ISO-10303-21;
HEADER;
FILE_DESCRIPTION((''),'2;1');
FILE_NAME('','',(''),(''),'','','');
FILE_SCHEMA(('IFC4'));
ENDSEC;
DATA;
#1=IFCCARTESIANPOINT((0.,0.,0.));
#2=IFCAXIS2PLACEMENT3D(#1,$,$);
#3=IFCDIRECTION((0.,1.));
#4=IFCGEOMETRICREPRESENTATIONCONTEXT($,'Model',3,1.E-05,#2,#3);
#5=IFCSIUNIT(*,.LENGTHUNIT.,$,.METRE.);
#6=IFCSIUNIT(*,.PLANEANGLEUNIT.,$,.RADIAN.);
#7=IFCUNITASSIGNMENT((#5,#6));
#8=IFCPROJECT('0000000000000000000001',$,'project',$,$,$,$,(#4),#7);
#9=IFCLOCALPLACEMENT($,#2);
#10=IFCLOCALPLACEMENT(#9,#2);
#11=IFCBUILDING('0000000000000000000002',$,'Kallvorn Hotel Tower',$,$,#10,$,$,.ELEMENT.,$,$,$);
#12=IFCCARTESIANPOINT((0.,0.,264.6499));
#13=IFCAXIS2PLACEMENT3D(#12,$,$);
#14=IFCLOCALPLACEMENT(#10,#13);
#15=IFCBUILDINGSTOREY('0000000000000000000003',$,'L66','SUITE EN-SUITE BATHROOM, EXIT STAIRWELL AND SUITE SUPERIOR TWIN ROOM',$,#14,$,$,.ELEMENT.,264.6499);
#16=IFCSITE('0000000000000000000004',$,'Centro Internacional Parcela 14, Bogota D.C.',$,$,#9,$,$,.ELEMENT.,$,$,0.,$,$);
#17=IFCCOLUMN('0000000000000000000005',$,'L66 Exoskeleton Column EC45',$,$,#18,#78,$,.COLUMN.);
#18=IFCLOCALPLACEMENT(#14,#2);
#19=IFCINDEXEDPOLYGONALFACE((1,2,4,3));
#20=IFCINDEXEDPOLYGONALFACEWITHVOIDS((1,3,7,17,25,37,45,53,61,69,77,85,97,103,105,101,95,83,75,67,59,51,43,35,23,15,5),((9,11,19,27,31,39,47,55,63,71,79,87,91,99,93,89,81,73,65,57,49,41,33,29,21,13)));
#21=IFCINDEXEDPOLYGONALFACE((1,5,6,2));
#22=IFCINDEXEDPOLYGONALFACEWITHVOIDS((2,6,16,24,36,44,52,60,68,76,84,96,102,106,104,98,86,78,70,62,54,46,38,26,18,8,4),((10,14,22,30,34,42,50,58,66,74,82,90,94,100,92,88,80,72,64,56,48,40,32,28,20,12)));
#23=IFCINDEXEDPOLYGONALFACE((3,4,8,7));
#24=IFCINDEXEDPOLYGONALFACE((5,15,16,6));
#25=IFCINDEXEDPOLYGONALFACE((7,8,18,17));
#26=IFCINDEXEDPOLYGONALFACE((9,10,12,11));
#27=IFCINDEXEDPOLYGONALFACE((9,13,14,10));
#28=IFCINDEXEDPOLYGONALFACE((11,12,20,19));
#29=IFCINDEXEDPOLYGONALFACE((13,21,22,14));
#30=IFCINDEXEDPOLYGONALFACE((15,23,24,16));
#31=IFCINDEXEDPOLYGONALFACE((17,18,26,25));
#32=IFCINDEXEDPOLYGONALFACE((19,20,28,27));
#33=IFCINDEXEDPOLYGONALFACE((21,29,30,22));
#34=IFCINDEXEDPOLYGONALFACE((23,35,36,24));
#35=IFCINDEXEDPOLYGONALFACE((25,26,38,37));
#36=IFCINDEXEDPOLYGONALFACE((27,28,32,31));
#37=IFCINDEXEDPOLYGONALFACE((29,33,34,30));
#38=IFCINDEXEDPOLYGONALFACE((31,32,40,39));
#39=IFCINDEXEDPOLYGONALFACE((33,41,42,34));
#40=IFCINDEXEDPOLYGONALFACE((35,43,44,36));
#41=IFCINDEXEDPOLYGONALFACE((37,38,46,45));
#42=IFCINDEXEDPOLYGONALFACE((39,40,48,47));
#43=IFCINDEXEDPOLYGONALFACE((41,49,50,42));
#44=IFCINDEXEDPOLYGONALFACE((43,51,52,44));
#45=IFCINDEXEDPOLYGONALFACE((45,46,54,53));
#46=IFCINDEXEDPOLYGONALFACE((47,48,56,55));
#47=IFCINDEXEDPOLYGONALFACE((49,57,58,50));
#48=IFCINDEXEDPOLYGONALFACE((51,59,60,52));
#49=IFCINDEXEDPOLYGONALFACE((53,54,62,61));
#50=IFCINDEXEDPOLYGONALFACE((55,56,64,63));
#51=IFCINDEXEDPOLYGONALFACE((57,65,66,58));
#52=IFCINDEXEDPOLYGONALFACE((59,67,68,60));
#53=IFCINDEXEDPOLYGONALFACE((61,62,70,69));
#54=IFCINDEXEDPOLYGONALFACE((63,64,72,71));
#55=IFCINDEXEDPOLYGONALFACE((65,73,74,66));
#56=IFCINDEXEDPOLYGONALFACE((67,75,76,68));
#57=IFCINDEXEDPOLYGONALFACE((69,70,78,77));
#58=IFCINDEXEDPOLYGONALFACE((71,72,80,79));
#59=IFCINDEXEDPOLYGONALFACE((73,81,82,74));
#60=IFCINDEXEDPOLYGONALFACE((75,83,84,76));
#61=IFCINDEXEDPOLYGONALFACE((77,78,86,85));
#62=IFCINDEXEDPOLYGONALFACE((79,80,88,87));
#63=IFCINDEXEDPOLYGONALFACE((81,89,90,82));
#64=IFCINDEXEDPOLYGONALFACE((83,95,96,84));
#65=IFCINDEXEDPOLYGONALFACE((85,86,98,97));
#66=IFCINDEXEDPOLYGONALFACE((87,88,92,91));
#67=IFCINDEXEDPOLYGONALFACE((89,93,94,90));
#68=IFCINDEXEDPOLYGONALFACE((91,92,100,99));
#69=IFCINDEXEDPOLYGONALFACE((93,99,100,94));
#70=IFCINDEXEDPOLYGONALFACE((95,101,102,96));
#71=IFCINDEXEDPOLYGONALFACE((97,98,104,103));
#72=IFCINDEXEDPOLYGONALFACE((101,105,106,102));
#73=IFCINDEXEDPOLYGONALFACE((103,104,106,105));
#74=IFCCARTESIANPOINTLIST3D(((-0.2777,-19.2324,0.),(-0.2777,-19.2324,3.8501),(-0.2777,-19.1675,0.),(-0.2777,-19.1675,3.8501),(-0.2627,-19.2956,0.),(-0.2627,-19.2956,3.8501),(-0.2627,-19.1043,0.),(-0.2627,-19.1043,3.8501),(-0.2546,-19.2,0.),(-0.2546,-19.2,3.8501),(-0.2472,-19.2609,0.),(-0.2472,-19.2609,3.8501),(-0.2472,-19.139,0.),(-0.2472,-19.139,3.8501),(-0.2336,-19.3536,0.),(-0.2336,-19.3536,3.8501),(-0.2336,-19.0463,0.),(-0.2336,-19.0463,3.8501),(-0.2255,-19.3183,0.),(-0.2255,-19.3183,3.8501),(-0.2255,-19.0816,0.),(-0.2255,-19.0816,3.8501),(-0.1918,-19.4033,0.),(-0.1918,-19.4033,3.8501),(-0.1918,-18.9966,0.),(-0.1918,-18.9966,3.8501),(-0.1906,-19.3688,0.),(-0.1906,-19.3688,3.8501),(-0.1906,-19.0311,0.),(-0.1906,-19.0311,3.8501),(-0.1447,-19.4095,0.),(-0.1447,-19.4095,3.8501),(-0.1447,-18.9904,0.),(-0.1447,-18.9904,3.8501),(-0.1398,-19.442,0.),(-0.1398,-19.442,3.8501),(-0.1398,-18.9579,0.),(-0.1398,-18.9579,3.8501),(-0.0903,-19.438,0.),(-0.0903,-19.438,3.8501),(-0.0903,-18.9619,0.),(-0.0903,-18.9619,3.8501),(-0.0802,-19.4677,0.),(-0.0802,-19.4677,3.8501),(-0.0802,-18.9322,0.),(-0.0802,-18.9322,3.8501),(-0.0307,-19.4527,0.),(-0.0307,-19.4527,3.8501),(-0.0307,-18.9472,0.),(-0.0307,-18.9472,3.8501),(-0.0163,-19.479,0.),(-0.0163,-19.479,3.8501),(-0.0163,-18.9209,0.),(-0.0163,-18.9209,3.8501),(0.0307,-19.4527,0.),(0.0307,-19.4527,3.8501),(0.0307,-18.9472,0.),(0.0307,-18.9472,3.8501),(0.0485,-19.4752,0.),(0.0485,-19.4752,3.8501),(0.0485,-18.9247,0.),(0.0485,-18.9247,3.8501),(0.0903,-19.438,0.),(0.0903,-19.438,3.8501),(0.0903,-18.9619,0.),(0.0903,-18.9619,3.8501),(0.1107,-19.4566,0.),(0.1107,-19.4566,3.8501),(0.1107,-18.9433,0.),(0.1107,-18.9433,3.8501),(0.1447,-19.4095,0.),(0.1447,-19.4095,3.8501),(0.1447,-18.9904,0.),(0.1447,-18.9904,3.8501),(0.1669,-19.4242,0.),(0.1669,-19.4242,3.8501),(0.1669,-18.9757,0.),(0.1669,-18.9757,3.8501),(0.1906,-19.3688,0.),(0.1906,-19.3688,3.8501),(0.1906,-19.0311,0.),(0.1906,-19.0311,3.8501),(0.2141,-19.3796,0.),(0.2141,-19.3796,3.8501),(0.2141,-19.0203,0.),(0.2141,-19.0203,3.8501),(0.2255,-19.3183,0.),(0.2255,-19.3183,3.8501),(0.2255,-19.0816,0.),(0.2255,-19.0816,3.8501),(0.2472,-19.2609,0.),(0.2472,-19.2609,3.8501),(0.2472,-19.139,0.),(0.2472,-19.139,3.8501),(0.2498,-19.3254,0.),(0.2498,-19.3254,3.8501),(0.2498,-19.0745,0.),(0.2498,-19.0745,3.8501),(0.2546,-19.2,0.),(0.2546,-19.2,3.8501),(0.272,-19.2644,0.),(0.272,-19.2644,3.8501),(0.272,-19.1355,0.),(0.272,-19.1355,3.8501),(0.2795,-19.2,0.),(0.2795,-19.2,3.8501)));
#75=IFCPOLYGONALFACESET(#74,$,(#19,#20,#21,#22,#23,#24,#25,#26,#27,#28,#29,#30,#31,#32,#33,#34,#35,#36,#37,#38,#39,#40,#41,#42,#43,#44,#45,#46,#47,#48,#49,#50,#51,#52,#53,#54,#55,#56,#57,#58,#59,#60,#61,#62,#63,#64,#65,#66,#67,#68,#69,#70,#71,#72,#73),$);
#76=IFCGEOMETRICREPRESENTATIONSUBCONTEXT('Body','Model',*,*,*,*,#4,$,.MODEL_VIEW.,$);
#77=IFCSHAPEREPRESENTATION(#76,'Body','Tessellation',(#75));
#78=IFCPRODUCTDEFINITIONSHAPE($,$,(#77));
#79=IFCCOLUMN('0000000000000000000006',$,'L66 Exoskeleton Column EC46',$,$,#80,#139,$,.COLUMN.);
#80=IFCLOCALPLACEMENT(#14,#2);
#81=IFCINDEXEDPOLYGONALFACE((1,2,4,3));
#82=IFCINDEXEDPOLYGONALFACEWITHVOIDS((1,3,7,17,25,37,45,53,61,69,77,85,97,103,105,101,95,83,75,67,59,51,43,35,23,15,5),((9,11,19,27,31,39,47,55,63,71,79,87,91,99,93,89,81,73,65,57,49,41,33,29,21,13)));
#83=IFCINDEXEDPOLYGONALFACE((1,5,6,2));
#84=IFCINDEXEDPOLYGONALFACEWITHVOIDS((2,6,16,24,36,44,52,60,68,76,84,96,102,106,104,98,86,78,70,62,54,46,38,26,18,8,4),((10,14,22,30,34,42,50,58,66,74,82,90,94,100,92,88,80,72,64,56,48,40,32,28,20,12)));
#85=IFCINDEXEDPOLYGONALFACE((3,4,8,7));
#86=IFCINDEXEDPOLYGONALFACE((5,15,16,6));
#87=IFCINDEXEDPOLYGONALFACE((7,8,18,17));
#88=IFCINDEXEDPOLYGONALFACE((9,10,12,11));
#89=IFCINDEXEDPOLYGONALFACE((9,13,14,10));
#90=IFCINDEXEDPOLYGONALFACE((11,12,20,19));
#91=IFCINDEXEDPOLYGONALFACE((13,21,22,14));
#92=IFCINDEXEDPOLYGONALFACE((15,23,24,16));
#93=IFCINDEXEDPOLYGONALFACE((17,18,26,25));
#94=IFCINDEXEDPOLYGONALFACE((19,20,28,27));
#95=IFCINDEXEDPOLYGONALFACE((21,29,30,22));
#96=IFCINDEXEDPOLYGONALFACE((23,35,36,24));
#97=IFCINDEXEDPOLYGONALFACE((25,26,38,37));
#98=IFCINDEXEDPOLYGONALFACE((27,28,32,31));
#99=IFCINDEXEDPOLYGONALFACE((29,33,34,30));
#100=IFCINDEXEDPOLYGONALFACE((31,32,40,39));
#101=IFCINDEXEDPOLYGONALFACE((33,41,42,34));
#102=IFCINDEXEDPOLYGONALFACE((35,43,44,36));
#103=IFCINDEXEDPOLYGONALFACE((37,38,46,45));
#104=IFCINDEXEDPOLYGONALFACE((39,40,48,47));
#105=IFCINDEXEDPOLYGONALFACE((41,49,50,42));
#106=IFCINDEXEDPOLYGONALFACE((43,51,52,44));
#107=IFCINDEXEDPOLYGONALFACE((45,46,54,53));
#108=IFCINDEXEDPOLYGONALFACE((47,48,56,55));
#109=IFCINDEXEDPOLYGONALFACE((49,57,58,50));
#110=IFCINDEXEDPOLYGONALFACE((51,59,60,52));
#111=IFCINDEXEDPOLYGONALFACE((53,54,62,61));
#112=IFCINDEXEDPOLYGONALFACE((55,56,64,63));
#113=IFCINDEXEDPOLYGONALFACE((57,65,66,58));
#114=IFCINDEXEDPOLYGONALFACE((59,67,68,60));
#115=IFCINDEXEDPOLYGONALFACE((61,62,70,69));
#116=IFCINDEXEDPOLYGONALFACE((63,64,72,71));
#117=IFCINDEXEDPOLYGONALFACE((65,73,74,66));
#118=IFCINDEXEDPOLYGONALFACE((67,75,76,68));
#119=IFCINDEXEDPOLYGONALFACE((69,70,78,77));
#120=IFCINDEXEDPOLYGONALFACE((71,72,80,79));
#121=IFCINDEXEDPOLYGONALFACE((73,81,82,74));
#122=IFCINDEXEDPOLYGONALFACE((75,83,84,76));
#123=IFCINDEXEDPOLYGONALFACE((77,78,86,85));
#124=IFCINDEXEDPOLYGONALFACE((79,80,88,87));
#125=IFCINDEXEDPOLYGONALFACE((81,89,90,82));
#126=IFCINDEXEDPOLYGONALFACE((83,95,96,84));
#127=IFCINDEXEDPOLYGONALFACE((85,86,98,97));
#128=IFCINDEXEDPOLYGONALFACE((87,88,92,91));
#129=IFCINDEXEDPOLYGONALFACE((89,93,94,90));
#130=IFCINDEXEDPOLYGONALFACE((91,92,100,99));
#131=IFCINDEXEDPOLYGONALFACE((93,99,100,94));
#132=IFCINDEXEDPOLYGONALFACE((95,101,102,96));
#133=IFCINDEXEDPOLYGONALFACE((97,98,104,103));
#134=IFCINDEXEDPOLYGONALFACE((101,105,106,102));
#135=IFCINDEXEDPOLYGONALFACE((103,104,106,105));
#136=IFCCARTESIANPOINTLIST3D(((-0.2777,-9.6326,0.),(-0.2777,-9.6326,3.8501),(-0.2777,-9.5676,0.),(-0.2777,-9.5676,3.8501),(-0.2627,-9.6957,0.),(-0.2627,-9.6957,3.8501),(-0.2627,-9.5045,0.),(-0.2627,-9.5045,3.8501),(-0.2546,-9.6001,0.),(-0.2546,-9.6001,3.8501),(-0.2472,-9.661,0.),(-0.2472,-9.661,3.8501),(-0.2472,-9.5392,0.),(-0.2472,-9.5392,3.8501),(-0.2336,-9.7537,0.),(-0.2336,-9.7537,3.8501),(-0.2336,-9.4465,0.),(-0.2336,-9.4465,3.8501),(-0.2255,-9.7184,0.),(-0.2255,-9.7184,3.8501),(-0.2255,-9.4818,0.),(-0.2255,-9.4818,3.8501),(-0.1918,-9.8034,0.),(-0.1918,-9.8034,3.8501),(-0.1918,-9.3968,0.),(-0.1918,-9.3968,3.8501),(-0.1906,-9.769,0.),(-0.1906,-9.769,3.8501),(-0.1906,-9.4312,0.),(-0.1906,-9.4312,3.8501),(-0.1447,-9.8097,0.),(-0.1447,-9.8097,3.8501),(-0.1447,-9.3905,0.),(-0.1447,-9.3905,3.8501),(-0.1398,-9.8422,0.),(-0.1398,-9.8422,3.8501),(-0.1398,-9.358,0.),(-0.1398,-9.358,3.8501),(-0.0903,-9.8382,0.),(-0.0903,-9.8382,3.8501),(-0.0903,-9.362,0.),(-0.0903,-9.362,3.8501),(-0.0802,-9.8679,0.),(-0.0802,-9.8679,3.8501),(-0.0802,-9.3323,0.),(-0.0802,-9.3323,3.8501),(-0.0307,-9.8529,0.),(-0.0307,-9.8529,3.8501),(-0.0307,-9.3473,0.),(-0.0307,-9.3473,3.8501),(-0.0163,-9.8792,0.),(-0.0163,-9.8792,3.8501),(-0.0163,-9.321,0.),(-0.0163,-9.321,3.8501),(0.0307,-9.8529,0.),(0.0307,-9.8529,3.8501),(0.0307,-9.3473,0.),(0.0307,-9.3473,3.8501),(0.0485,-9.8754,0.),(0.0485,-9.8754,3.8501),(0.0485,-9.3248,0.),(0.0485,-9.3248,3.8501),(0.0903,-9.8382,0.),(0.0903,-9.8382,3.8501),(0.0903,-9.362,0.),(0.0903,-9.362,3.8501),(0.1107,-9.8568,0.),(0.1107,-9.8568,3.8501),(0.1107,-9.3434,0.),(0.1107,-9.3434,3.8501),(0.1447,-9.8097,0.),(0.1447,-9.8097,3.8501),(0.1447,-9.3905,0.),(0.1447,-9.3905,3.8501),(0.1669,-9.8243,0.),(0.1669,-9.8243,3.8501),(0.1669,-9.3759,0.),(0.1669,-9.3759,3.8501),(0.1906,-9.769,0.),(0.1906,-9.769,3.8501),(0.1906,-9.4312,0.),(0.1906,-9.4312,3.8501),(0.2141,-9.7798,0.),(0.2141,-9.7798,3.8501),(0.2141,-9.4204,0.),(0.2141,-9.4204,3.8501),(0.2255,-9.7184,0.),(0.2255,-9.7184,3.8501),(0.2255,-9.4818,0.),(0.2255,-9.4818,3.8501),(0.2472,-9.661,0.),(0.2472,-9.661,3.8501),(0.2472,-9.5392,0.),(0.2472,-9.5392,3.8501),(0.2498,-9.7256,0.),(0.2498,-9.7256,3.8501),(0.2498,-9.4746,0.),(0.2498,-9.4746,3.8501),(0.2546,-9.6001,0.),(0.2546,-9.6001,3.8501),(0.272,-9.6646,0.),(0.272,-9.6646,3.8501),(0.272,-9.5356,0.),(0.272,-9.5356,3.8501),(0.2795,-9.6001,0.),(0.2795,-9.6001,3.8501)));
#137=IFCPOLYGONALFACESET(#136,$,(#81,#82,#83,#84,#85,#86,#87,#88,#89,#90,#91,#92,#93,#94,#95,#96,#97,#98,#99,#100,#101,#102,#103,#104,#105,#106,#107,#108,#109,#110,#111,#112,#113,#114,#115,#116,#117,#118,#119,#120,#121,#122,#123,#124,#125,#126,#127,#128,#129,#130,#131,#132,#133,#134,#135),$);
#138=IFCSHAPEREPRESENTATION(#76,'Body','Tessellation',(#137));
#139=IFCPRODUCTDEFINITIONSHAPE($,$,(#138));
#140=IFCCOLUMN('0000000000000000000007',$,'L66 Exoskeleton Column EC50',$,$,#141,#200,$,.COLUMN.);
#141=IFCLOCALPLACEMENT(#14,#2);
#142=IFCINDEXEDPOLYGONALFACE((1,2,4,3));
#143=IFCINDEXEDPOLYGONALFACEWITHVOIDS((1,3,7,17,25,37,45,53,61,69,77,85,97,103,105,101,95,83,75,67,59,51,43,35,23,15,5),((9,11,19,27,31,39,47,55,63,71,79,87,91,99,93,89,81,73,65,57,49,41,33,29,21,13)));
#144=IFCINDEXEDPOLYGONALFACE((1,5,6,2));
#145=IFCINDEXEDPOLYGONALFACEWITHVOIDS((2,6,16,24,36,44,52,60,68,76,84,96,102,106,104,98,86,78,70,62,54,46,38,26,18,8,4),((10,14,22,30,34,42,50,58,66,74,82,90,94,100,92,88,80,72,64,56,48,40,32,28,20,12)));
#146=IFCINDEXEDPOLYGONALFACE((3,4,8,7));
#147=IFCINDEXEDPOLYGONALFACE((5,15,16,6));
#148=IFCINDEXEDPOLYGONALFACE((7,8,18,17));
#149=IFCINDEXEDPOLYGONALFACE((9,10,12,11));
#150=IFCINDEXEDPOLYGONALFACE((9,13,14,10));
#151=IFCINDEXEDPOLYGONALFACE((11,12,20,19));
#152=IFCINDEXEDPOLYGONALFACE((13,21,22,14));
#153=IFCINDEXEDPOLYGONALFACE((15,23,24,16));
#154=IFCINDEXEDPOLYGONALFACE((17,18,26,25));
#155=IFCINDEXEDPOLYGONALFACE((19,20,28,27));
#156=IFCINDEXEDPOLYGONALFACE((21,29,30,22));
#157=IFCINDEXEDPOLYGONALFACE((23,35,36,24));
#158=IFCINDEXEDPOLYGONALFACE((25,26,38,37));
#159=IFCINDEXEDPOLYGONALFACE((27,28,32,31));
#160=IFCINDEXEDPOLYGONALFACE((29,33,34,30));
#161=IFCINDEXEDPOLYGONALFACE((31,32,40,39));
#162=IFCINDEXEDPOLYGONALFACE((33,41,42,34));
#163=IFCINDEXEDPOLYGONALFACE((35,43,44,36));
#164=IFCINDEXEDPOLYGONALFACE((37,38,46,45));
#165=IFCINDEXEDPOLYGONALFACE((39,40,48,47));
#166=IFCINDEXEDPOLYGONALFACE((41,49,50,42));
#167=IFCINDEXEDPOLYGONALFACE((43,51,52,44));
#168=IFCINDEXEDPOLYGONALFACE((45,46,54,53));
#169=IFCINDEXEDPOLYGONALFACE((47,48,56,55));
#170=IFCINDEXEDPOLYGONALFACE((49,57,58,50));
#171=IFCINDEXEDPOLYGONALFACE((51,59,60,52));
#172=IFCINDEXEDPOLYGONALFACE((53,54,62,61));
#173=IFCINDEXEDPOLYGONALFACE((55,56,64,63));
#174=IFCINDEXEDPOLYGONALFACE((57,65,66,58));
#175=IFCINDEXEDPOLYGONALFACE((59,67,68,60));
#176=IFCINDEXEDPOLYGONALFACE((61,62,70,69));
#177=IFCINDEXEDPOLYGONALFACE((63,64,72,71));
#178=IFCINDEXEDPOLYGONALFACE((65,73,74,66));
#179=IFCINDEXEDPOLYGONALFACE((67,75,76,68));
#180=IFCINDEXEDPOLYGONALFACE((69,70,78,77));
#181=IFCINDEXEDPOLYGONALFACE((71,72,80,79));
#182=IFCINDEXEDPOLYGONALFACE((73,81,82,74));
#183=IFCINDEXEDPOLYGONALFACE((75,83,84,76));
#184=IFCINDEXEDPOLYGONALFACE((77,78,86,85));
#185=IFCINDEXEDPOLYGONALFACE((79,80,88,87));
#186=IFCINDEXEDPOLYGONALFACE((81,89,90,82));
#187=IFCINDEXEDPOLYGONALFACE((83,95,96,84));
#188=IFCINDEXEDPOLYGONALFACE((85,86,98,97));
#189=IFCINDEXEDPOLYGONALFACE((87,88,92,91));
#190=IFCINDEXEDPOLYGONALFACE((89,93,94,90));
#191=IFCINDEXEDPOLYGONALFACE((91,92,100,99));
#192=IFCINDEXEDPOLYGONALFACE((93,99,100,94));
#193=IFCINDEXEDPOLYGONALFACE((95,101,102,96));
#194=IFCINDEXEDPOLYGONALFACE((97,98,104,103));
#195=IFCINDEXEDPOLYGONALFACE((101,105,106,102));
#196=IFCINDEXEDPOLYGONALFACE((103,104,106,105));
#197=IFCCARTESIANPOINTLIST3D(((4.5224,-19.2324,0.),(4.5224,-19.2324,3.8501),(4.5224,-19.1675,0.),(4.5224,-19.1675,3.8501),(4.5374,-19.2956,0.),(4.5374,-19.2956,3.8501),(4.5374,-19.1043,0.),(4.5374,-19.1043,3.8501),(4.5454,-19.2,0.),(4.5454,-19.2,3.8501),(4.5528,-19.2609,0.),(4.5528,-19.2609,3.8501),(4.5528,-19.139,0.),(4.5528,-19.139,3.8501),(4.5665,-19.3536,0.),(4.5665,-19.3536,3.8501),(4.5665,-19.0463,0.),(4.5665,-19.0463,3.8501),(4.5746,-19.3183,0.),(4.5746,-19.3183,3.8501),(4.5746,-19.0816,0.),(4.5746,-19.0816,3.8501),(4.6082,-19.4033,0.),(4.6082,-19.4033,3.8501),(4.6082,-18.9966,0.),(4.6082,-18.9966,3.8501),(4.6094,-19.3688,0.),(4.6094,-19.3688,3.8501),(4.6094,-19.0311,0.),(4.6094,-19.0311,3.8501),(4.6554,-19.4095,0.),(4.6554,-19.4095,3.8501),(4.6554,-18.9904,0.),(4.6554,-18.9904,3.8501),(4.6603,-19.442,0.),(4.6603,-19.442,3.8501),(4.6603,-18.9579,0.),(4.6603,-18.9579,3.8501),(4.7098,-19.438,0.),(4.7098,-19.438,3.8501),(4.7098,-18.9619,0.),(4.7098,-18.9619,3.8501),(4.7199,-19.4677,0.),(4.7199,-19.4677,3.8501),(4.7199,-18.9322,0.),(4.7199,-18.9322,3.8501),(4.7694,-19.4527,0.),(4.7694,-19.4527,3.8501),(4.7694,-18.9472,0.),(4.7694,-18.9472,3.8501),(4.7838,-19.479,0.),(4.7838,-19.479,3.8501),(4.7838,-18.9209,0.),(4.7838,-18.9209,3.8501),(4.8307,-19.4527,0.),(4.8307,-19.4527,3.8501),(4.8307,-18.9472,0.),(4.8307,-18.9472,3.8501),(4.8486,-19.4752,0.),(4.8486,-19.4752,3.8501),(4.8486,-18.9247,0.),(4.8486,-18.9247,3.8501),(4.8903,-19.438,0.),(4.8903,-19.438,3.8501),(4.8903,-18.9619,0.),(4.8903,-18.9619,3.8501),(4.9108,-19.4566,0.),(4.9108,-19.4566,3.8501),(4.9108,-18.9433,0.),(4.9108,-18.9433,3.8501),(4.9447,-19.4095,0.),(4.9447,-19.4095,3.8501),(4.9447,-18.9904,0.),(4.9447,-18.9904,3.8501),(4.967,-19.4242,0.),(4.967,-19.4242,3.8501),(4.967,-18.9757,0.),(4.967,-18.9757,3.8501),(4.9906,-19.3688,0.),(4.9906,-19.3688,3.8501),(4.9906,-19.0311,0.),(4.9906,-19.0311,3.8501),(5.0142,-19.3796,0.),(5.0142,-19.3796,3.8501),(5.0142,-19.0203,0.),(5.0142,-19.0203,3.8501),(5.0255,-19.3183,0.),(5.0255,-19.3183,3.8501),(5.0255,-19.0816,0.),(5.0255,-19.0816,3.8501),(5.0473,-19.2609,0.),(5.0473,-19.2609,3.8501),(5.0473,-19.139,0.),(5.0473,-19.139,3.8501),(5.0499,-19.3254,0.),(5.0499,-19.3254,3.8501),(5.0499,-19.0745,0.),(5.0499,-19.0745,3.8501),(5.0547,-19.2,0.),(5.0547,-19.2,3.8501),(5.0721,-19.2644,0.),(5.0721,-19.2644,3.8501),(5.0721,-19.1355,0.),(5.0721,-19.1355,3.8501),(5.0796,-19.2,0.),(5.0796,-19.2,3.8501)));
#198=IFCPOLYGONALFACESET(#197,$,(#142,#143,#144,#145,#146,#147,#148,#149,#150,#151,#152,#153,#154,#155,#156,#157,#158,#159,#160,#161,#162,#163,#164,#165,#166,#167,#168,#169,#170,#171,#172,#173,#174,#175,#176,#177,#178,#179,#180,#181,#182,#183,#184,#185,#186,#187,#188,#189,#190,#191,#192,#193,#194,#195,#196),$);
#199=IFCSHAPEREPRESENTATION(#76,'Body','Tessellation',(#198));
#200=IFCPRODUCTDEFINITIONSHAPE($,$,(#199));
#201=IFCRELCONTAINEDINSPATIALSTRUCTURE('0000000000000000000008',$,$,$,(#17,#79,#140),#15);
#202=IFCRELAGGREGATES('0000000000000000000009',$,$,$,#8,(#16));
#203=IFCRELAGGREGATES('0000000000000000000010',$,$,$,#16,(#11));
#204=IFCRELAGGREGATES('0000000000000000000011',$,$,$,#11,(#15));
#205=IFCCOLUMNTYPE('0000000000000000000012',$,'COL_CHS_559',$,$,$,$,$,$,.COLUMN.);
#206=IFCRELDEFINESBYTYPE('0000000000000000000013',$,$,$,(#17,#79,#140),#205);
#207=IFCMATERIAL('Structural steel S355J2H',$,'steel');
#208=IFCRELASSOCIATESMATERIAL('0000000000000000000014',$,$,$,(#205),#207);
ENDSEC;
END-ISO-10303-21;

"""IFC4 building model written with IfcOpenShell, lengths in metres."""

from ifc_helpers import new_model, si_unit, direction, frame, origin, origin_2d, place, context, subcontext, project, spatial, hollow_circle, extrude, material, material_profile, profile_set, type_object, element, save


model = new_model("IFC4")

# Units and contexts
model_context = context("Model", 3, precision=1e-05, world=origin(), true_north=direction((0.0, 1.0)))
body_context = subcontext(model_context, "Body", "Model", "MODEL_VIEW")
ifc_project = project(units=[si_unit("LENGTHUNIT", "METRE"), si_unit("PLANEANGLEUNIT", "RADIAN")], contexts=[model_context])

# Site, building, storey
site_placement = place(None, origin())
site = spatial("IfcSite", under=ifc_project, at=site_placement, Name="Centro Internacional Parcela 14, Bogota D.C.", CompositionType="ELEMENT", RefElevation=0.0)
building_placement = place(site_placement, origin())
building = spatial("IfcBuilding", under=site, at=building_placement, Name="Kallvorn Hotel Tower", CompositionType="ELEMENT")
storey_placement = place(building_placement, frame((0.0, 0.0, 264.6499)))
storey = spatial("IfcBuildingStorey", under=building, at=storey_placement, Name="L66", Description="SUITE EN-SUITE BATHROOM, EXIT STAIRWELL AND SUITE SUPERIOR TWIN ROOM", CompositionType="ELEMENT", Elevation=264.6499)

# Columns
ifc_material_1 = material(Name="Structural steel S355J2H", Category="steel")
ifc_material_profile_1 = material_profile(ifc_material_1, hollow_circle(Radius=0.2795, WallThickness=0.0249, at=origin_2d()), Name="CHS 559x25")
ifc_profile_set_1 = profile_set([ifc_material_profile_1], Name="Structural steel S355J2H")
column_type_1 = type_object("IfcColumnType", Name="COL_CHS_559", PredefinedType="COLUMN", material=ifc_profile_set_1)
for number, where, z_axis, x_axis, name in (
    (1, (0.0, -19.2, 0.0), (0.0, 0.0, 1.0), (1.0, 0.0, 0.0), "L66 Exoskeleton Column EC45"),
    (2, (0.0, -9.6001, 0.0), (0.0, 0.0, 1.0), (1.0, 0.0, 0.0), "L66 Exoskeleton Column EC46"),
    (3, (4.8, -19.2, 0.0), (0.0, 0.0, 1.0), (1.0, 0.0, 0.0), "L66 Exoskeleton Column EC50"),
):
    element("IfcColumn", number, at=place(storey_placement, frame(where, z_axis=z_axis, x_axis=x_axis)), inside=storey, type_object=column_type_1, Name=name, PredefinedType="COLUMN", context=body_context, shape_type="SweptSolid", body=[
        extrude(hollow_circle(Radius=0.2795, WallThickness=0.0249, at=origin_2d()), origin(), (0.0, 0.0, 1.0), 3.8501),
    ])

save(model, "model.ifc")
